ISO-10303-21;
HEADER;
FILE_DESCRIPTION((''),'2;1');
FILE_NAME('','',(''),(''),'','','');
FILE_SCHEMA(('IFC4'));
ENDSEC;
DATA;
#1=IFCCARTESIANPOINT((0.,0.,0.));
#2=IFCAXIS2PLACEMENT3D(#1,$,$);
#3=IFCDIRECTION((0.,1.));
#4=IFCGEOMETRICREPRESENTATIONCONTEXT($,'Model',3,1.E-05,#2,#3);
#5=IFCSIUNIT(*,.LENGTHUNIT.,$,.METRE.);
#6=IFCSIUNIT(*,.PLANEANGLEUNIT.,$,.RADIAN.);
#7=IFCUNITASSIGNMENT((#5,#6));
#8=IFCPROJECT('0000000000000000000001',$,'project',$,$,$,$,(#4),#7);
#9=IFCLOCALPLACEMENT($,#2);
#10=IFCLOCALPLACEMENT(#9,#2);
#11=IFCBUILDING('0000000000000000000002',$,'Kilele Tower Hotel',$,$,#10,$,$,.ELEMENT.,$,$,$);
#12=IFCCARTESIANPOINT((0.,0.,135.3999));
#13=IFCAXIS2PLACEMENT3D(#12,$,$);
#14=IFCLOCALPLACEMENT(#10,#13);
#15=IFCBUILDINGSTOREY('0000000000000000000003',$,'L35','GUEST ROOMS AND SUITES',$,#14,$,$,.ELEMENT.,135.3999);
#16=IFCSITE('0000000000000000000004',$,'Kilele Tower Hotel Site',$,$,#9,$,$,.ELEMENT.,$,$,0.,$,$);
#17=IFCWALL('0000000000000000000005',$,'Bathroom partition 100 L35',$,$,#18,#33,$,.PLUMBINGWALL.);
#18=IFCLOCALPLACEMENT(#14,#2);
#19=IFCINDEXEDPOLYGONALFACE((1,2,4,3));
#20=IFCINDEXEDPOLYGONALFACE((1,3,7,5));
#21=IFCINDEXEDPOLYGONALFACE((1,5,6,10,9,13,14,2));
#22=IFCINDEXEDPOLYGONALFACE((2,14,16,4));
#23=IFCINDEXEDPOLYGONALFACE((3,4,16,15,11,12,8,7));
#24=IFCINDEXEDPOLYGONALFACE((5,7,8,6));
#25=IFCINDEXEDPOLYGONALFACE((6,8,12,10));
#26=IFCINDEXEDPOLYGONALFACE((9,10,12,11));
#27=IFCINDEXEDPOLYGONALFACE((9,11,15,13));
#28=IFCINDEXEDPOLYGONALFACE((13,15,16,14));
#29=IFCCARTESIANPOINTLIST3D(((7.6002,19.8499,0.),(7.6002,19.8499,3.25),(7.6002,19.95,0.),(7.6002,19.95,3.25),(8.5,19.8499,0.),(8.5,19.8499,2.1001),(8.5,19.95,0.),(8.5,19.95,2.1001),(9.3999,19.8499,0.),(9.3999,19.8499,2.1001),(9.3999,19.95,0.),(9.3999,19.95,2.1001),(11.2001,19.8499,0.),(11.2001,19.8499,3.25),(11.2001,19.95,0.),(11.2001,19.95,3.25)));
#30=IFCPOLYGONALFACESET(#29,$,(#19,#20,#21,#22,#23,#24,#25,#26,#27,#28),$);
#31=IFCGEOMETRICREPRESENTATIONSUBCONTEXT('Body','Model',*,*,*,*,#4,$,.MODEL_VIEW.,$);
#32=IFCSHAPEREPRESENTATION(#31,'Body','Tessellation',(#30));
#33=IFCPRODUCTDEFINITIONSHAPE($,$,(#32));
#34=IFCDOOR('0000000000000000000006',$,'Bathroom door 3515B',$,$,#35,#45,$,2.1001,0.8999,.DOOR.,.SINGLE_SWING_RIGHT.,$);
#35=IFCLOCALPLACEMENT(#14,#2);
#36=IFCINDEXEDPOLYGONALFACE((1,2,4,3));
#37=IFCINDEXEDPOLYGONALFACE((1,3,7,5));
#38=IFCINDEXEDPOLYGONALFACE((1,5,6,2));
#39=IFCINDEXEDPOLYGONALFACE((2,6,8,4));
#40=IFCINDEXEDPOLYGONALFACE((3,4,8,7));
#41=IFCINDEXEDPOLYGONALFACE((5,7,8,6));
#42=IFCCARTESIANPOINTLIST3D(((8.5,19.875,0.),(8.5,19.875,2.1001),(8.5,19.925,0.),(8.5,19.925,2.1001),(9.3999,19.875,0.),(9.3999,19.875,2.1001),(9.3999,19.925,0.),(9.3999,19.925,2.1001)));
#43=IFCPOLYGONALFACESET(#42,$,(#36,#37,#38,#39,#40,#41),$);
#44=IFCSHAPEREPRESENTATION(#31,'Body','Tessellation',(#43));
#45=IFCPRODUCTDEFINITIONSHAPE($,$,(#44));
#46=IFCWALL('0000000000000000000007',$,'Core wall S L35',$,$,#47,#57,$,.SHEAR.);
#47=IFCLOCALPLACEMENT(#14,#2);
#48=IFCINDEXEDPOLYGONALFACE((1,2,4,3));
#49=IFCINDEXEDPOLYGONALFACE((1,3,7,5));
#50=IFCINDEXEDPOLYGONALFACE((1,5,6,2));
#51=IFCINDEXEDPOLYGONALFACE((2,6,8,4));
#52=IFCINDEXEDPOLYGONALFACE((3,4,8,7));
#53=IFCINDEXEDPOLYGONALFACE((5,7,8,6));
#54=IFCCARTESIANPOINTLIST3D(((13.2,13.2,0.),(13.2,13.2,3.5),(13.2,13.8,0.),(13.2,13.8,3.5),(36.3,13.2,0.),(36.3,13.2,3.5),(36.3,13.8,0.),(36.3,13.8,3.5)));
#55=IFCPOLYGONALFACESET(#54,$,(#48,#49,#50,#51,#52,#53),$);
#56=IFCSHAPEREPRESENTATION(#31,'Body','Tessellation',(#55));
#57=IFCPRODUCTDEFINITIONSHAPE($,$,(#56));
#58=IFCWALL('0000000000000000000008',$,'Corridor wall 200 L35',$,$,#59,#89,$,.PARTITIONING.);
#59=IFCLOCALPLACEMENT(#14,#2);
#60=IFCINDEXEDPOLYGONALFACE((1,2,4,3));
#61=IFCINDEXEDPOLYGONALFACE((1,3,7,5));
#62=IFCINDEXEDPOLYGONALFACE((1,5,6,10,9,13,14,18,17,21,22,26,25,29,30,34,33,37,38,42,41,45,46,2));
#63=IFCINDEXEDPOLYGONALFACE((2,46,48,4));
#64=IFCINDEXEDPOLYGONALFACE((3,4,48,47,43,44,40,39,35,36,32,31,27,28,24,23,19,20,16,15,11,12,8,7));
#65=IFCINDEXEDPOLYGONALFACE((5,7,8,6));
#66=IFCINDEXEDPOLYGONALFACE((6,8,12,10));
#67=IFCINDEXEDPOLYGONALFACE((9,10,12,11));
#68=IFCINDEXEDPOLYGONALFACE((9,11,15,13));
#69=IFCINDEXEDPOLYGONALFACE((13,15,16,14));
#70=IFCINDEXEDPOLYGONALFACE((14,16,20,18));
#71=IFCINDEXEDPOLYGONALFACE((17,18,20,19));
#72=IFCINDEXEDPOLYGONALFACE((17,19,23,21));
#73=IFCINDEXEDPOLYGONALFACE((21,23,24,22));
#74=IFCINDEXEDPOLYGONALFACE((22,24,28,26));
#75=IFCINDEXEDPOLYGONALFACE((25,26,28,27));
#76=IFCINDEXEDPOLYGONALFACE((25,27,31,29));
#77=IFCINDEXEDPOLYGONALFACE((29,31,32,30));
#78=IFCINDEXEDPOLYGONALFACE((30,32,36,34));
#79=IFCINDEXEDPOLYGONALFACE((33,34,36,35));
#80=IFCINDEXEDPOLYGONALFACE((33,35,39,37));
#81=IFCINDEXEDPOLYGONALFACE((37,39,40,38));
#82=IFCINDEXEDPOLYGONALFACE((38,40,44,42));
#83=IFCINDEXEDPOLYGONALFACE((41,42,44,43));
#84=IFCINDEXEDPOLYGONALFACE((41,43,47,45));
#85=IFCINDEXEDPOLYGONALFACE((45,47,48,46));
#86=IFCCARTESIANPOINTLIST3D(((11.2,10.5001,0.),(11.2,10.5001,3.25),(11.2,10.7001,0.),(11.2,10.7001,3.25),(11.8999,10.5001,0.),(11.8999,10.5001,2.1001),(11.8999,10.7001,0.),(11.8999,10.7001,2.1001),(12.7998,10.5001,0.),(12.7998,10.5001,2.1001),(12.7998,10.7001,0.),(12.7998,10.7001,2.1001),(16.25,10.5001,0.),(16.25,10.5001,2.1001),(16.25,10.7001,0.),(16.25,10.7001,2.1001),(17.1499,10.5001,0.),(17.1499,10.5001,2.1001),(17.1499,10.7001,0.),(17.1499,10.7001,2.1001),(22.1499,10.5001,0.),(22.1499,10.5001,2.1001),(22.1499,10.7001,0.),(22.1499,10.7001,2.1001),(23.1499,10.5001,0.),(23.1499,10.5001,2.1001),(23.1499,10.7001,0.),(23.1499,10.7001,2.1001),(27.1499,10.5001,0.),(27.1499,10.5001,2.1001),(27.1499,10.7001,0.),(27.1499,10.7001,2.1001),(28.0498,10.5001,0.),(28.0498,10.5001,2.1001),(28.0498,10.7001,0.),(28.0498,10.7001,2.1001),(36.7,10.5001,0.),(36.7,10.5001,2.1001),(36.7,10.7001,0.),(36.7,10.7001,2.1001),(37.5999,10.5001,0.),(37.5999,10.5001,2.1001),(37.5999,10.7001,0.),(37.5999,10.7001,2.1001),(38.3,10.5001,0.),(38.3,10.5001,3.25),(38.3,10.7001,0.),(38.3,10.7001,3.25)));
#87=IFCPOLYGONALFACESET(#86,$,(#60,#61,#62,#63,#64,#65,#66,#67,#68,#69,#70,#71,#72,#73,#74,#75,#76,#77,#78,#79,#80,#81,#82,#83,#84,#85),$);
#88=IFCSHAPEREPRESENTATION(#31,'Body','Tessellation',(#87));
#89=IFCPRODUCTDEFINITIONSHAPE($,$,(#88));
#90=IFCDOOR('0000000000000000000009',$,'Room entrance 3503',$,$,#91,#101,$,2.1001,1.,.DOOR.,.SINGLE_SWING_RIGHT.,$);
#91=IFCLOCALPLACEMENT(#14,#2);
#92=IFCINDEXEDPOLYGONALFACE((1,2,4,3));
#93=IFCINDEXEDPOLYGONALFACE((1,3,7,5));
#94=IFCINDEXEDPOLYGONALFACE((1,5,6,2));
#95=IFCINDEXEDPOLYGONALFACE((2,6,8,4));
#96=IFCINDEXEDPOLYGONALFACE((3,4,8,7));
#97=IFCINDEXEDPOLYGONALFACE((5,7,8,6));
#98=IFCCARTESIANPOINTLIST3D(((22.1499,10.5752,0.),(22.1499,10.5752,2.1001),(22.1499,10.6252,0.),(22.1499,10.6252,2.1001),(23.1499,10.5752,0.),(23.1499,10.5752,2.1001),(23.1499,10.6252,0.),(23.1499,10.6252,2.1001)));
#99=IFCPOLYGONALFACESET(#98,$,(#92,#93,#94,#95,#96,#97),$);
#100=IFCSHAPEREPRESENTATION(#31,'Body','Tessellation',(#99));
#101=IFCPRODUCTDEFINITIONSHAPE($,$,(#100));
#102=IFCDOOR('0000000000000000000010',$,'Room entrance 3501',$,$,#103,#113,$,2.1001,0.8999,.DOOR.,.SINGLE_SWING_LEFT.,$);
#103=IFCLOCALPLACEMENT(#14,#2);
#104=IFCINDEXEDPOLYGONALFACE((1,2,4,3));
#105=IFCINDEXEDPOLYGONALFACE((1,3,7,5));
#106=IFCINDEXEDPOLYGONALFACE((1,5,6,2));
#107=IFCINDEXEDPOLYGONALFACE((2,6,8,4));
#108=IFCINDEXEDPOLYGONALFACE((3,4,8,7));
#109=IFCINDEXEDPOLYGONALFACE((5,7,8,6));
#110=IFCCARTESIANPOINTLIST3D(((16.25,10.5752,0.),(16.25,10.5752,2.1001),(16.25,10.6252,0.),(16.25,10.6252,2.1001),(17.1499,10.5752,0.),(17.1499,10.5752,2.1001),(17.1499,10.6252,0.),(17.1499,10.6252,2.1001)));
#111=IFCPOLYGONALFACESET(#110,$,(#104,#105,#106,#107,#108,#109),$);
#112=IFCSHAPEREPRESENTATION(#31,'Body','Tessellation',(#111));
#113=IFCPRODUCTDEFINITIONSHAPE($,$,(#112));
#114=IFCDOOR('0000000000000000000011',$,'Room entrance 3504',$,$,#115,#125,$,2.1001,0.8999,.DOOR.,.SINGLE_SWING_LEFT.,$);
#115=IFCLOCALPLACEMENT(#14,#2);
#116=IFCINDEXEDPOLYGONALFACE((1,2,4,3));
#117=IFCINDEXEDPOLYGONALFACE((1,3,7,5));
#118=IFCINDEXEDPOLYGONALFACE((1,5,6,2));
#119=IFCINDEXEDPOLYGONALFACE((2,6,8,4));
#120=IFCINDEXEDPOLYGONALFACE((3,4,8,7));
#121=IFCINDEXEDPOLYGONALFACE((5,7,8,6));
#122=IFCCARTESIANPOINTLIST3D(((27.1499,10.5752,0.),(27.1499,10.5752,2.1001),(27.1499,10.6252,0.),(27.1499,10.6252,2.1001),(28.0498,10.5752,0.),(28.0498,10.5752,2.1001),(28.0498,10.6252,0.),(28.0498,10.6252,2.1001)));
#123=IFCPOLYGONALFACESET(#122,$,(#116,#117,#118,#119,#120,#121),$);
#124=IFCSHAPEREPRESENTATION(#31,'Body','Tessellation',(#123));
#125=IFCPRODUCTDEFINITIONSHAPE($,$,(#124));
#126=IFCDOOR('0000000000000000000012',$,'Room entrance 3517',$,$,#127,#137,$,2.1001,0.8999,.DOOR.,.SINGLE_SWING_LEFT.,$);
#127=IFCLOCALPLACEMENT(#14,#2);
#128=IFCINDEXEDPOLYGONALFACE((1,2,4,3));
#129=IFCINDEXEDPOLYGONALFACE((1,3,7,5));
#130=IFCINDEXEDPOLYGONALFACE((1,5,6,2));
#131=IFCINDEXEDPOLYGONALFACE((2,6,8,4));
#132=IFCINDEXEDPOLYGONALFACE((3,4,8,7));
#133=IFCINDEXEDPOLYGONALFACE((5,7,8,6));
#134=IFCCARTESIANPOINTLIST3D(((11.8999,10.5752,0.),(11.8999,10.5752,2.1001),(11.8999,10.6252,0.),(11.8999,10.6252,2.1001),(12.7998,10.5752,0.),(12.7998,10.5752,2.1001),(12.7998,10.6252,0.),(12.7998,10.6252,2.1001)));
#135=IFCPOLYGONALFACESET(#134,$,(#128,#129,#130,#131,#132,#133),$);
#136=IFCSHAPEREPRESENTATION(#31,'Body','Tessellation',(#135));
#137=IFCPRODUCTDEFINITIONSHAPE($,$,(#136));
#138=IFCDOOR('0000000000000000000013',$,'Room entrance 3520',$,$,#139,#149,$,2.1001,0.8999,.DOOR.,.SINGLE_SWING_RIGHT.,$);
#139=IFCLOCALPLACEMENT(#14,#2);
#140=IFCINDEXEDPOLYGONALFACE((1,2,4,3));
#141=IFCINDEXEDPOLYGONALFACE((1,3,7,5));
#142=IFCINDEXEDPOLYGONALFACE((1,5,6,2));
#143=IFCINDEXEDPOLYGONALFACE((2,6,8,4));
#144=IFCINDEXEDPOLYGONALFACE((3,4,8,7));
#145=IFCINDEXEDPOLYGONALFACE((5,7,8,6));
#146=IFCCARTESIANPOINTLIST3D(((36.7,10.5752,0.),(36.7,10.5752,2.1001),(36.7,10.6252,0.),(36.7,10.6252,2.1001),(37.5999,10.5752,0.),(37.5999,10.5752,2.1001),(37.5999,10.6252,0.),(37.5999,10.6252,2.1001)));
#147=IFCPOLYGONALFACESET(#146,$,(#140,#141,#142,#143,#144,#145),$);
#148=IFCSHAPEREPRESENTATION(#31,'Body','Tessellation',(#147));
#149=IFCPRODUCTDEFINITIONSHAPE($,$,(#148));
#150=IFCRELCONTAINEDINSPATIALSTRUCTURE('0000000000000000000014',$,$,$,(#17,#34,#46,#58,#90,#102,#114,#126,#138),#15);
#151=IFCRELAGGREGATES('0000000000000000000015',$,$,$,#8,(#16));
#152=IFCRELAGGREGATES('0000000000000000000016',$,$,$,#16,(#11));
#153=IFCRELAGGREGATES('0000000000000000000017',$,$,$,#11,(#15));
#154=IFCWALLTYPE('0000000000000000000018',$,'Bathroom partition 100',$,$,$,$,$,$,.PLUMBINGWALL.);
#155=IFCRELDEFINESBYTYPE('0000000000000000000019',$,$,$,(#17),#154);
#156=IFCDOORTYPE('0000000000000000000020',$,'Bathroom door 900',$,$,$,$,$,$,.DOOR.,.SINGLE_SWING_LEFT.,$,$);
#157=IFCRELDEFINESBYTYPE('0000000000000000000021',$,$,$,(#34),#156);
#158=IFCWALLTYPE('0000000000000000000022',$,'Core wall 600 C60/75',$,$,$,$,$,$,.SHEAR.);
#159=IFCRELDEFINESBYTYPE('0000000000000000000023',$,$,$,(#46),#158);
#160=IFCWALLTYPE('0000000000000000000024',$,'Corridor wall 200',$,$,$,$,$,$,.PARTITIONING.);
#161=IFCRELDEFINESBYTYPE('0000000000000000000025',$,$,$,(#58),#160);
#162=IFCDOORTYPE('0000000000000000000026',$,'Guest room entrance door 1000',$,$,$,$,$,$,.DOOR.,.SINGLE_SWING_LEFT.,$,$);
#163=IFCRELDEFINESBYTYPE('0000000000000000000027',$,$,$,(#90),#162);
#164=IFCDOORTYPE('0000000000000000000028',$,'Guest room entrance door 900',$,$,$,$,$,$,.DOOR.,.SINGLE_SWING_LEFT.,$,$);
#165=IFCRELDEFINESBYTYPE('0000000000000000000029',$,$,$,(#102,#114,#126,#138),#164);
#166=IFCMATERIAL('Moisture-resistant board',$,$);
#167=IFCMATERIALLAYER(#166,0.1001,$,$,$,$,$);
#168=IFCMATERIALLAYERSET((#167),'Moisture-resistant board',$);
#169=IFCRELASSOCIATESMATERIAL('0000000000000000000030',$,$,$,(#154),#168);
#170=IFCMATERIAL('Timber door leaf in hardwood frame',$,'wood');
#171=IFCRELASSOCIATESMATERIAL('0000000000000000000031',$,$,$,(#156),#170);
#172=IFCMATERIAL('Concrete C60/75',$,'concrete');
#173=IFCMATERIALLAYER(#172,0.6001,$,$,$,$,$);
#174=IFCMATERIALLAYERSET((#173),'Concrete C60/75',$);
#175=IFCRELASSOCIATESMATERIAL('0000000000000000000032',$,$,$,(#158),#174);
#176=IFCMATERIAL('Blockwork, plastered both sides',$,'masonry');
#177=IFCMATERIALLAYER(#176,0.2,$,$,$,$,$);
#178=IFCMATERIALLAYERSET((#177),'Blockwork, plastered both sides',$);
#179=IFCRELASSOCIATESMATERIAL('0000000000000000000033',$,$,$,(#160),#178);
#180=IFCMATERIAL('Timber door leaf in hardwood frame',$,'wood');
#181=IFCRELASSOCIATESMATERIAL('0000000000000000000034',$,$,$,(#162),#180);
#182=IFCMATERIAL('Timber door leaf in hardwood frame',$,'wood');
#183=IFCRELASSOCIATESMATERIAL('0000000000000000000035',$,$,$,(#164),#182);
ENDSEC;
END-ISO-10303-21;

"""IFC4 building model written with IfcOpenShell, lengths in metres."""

from ifc_helpers import new_model, si_unit, direction, frame, frame_2d, origin, place, context, subcontext, project, spatial, rectangle, extrude, material, layer, layer_set, type_object, element, fill, save


model = new_model("IFC4")

# Units and contexts
model_context = context("Model", 3, precision=1e-05, world=origin(), true_north=direction((0.0, 1.0)))
body_context = subcontext(model_context, "Body", "Model", "MODEL_VIEW")
ifc_project = project(units=[si_unit("LENGTHUNIT", "METRE"), si_unit("PLANEANGLEUNIT", "RADIAN")], contexts=[model_context])

# Site, building, storey
site_placement = place(None, origin())
site = spatial("IfcSite", under=ifc_project, at=site_placement, Name="Kilele Tower Hotel Site", CompositionType="ELEMENT", RefElevation=0.0)
building_placement = place(site_placement, origin())
building = spatial("IfcBuilding", under=site, at=building_placement, Name="Kilele Tower Hotel", CompositionType="ELEMENT")
storey_placement = place(building_placement, frame((0.0, 0.0, 135.3999)))
storey = spatial("IfcBuildingStorey", under=building, at=storey_placement, Name="L35", Description="GUEST ROOMS AND SUITES", CompositionType="ELEMENT", Elevation=135.3999)

# Wall, opening, door
ifc_material_1 = material(Name="Moisture-resistant board")
ifc_layer_1 = layer(ifc_material_1, 0.1001)
ifc_layer_set_1 = layer_set([ifc_layer_1], Name="Moisture-resistant board")
wall_type_1 = type_object("IfcWallType", Name="Bathroom partition 100", PredefinedType="PLUMBINGWALL", material=ifc_layer_set_1)
wall_1_placement = place(storey_placement, frame((11.2, 19.8999, 0.0), z_axis=(0.0, 0.0, 1.0), x_axis=(-1.0, 0.0, 0.0)))
wall_1 = element("IfcWall", 1, at=wall_1_placement, inside=storey, type_object=wall_type_1, Name="Bathroom partition 100 L35", PredefinedType="PLUMBINGWALL", context=body_context, shape_type="SweptSolid", body=[
    extrude(rectangle(XDim=3.5999, YDim=0.1001, at=frame_2d((1.7998, 0.0))), origin(), (0.0, 0.0, 1.0), 3.25),
])
opening_1_placement = place(wall_1_placement, frame((1.8, 0.0, 0.0)))
opening_1 = element("IfcOpeningElement", 2, at=opening_1_placement, cuts=wall_1, PredefinedType="OPENING", context=body_context, shape_type="SweptSolid", body=[
    extrude(rectangle(XDim=0.8999, YDim=2.1001, at=frame_2d((0.45, 1.05))), frame((0.0, 0.0601, 0.0), z_axis=(0.0, -1.0, 0.0), x_axis=(1.0, 0.0, 0.0)), (0.0, 0.0, 1.0), 0.1201),
])
ifc_material_2 = material(Name="Timber door leaf in hardwood frame", Category="wood")
door_type_1 = type_object("IfcDoorType", Name="Bathroom door 900", OperationType="SINGLE_SWING_LEFT", PredefinedType="DOOR", material=ifc_material_2)
door_1_placement = place(opening_1_placement, origin())
door_1 = element("IfcDoor", 3, at=door_1_placement, inside=storey, type_object=door_type_1, Name="Bathroom door 3515B", OperationType="SINGLE_SWING_RIGHT", OverallHeight=2.1001, OverallWidth=0.8999, PredefinedType="DOOR", context=body_context, shape_type="SweptSolid", body=[
    extrude(rectangle(XDim=0.8999, YDim=2.1001, at=frame_2d((0.45, 1.05))), frame((0.0, 0.0249, 0.0), z_axis=(0.0, -1.0, 0.0), x_axis=(1.0, 0.0, 0.0)), (0.0, 0.0, 1.0), 0.05),
])
fill(opening_1, door_1)

# Wall
ifc_material_3 = material(Name="Concrete C60/75", Category="concrete")
ifc_layer_2 = layer(ifc_material_3, 0.6001)
ifc_layer_set_2 = layer_set([ifc_layer_2], Name="Concrete C60/75")
wall_type_2 = type_object("IfcWallType", Name="Core wall 600 C60/75", PredefinedType="SHEAR", material=ifc_layer_set_2)
wall_2_placement = place(storey_placement, frame((13.2, 13.5, 0.0), z_axis=(0.0, 0.0, 1.0), x_axis=(1.0, 0.0, 0.0)))
element("IfcWall", 4, at=wall_2_placement, inside=storey, type_object=wall_type_2, Name="Core wall S L35", PredefinedType="SHEAR", context=body_context, shape_type="SweptSolid", body=[
    extrude(rectangle(XDim=23.1001, YDim=0.6001, at=frame_2d((11.55, 0.0))), origin(), (0.0, 0.0, 1.0), 3.5),
])

# Wall, openings, doors
ifc_material_4 = material(Name="Blockwork, plastered both sides", Category="masonry")
ifc_layer_3 = layer(ifc_material_4, 0.2)
ifc_layer_set_3 = layer_set([ifc_layer_3], Name="Blockwork, plastered both sides")
wall_type_3 = type_object("IfcWallType", Name="Corridor wall 200", PredefinedType="PARTITIONING", material=ifc_layer_set_3)
wall_3_placement = place(storey_placement, frame((11.2, 10.6001, 0.0), z_axis=(0.0, 0.0, 1.0), x_axis=(1.0, 0.0, 0.0)))
wall_3 = element("IfcWall", 5, at=wall_3_placement, inside=storey, type_object=wall_type_3, Name="Corridor wall 200 L35", PredefinedType="PARTITIONING", context=body_context, shape_type="SweptSolid", body=[
    extrude(rectangle(XDim=27.1001, YDim=0.2, at=frame_2d((13.55, 0.0))), origin(), (0.0, 0.0, 1.0), 3.25),
])
opening_2_placement = place(wall_3_placement, frame((5.95, 0.0, 0.0), z_axis=(0.0, 0.0, 1.0), x_axis=(-1.0, 0.0, 0.0)))
opening_2 = element("IfcOpeningElement", 6, at=opening_2_placement, cuts=wall_3, PredefinedType="OPENING", context=body_context, shape_type="SweptSolid", body=[
    extrude(rectangle(XDim=0.8999, YDim=2.1001, at=frame_2d((0.45, 1.05))), frame((0.0, 0.1099, 0.0), z_axis=(0.0, -1.0, 0.0), x_axis=(1.0, 0.0, 0.0)), (0.0, 0.0, 1.0), 0.22),
])
opening_3_placement = place(wall_3_placement, frame((11.95, 0.0, 0.0), z_axis=(0.0, 0.0, 1.0), x_axis=(-1.0, 0.0, 0.0)))
opening_3 = element("IfcOpeningElement", 7, at=opening_3_placement, cuts=wall_3, PredefinedType="OPENING", context=body_context, shape_type="SweptSolid", body=[
    extrude(rectangle(XDim=1.0, YDim=2.1001, at=frame_2d((0.5, 1.05))), frame((0.0, 0.1099, 0.0), z_axis=(0.0, -1.0, 0.0), x_axis=(1.0, 0.0, 0.0)), (0.0, 0.0, 1.0), 0.22),
])
opening_4_placement = place(wall_3_placement, frame((16.8499, 0.0, 0.0), z_axis=(0.0, 0.0, 1.0), x_axis=(-1.0, 0.0, 0.0)))
opening_4 = element("IfcOpeningElement", 8, at=opening_4_placement, cuts=wall_3, PredefinedType="OPENING", context=body_context, shape_type="SweptSolid", body=[
    extrude(rectangle(XDim=0.8999, YDim=2.1001, at=frame_2d((0.45, 1.05))), frame((0.0, 0.1099, 0.0), z_axis=(0.0, -1.0, 0.0), x_axis=(1.0, 0.0, 0.0)), (0.0, 0.0, 1.0), 0.22),
])
opening_5_placement = place(wall_3_placement, frame((1.5999, 0.0, 0.0), z_axis=(0.0, 0.0, 1.0), x_axis=(-1.0, 0.0, 0.0)))
opening_5 = element("IfcOpeningElement", 9, at=opening_5_placement, cuts=wall_3, PredefinedType="OPENING", context=body_context, shape_type="SweptSolid", body=[
    extrude(rectangle(XDim=0.8999, YDim=2.1001, at=frame_2d((0.45, 1.05))), frame((0.0, 0.1099, 0.0), z_axis=(0.0, -1.0, 0.0), x_axis=(1.0, 0.0, 0.0)), (0.0, 0.0, 1.0), 0.22),
])
opening_6_placement = place(wall_3_placement, frame((26.3999, 0.0, 0.0), z_axis=(0.0, 0.0, 1.0), x_axis=(-1.0, 0.0, 0.0)))
opening_6 = element("IfcOpeningElement", 10, at=opening_6_placement, cuts=wall_3, PredefinedType="OPENING", context=body_context, shape_type="SweptSolid", body=[
    extrude(rectangle(XDim=0.8999, YDim=2.1001, at=frame_2d((0.45, 1.05))), frame((0.0, 0.1099, 0.0), z_axis=(0.0, -1.0, 0.0), x_axis=(1.0, 0.0, 0.0)), (0.0, 0.0, 1.0), 0.22),
])
ifc_material_5 = material(Name="Timber door leaf in hardwood frame", Category="wood")
door_type_2 = type_object("IfcDoorType", Name="Guest room entrance door 1000", OperationType="SINGLE_SWING_LEFT", PredefinedType="DOOR", material=ifc_material_5)
door_2_placement = place(opening_3_placement, origin())
door_2 = element("IfcDoor", 11, at=door_2_placement, inside=storey, type_object=door_type_2, Name="Room entrance 3503", OperationType="SINGLE_SWING_RIGHT", OverallHeight=2.1001, OverallWidth=1.0, PredefinedType="DOOR", context=body_context, shape_type="SweptSolid", body=[
    extrude(rectangle(XDim=1.0, YDim=2.1001, at=frame_2d((0.5, 1.05))), frame((0.0, 0.0249, 0.0), z_axis=(0.0, -1.0, 0.0), x_axis=(1.0, 0.0, 0.0)), (0.0, 0.0, 1.0), 0.05),
])
fill(opening_3, door_2)
ifc_material_6 = material(Name="Timber door leaf in hardwood frame", Category="wood")
door_type_3 = type_object("IfcDoorType", Name="Guest room entrance door 900", OperationType="SINGLE_SWING_LEFT", PredefinedType="DOOR", material=ifc_material_6)
door_3_placement = place(opening_2_placement, origin())
door_3 = element("IfcDoor", 12, at=door_3_placement, inside=storey, type_object=door_type_3, Name="Room entrance 3501", OperationType="SINGLE_SWING_LEFT", OverallHeight=2.1001, OverallWidth=0.8999, PredefinedType="DOOR", context=body_context, shape_type="SweptSolid", body=[
    extrude(rectangle(XDim=0.8999, YDim=2.1001, at=frame_2d((0.45, 1.05))), frame((0.0, 0.0249, 0.0), z_axis=(0.0, -1.0, 0.0), x_axis=(1.0, 0.0, 0.0)), (0.0, 0.0, 1.0), 0.05),
])
fill(opening_2, door_3)
door_4_placement = place(opening_4_placement, origin())
door_4 = element("IfcDoor", 13, at=door_4_placement, inside=storey, type_object=door_type_3, Name="Room entrance 3504", OperationType="SINGLE_SWING_LEFT", OverallHeight=2.1001, OverallWidth=0.8999, PredefinedType="DOOR", context=body_context, shape_type="SweptSolid", body=[
    extrude(rectangle(XDim=0.8999, YDim=2.1001, at=frame_2d((0.45, 1.05))), frame((0.0, 0.0249, 0.0), z_axis=(0.0, -1.0, 0.0), x_axis=(1.0, 0.0, 0.0)), (0.0, 0.0, 1.0), 0.05),
])
fill(opening_4, door_4)
door_5_placement = place(opening_5_placement, origin())
door_5 = element("IfcDoor", 14, at=door_5_placement, inside=storey, type_object=door_type_3, Name="Room entrance 3517", OperationType="SINGLE_SWING_LEFT", OverallHeight=2.1001, OverallWidth=0.8999, PredefinedType="DOOR", context=body_context, shape_type="SweptSolid", body=[
    extrude(rectangle(XDim=0.8999, YDim=2.1001, at=frame_2d((0.45, 1.05))), frame((0.0, 0.0249, 0.0), z_axis=(0.0, -1.0, 0.0), x_axis=(1.0, 0.0, 0.0)), (0.0, 0.0, 1.0), 0.05),
])
fill(opening_5, door_5)
door_6_placement = place(opening_6_placement, origin())
door_6 = element("IfcDoor", 15, at=door_6_placement, inside=storey, type_object=door_type_3, Name="Room entrance 3520", OperationType="SINGLE_SWING_RIGHT", OverallHeight=2.1001, OverallWidth=0.8999, PredefinedType="DOOR", context=body_context, shape_type="SweptSolid", body=[
    extrude(rectangle(XDim=0.8999, YDim=2.1001, at=frame_2d((0.45, 1.05))), frame((0.0, 0.0249, 0.0), z_axis=(0.0, -1.0, 0.0), x_axis=(1.0, 0.0, 0.0)), (0.0, 0.0, 1.0), 0.05),
])
fill(opening_6, door_6)

save(model, "model.ifc")
